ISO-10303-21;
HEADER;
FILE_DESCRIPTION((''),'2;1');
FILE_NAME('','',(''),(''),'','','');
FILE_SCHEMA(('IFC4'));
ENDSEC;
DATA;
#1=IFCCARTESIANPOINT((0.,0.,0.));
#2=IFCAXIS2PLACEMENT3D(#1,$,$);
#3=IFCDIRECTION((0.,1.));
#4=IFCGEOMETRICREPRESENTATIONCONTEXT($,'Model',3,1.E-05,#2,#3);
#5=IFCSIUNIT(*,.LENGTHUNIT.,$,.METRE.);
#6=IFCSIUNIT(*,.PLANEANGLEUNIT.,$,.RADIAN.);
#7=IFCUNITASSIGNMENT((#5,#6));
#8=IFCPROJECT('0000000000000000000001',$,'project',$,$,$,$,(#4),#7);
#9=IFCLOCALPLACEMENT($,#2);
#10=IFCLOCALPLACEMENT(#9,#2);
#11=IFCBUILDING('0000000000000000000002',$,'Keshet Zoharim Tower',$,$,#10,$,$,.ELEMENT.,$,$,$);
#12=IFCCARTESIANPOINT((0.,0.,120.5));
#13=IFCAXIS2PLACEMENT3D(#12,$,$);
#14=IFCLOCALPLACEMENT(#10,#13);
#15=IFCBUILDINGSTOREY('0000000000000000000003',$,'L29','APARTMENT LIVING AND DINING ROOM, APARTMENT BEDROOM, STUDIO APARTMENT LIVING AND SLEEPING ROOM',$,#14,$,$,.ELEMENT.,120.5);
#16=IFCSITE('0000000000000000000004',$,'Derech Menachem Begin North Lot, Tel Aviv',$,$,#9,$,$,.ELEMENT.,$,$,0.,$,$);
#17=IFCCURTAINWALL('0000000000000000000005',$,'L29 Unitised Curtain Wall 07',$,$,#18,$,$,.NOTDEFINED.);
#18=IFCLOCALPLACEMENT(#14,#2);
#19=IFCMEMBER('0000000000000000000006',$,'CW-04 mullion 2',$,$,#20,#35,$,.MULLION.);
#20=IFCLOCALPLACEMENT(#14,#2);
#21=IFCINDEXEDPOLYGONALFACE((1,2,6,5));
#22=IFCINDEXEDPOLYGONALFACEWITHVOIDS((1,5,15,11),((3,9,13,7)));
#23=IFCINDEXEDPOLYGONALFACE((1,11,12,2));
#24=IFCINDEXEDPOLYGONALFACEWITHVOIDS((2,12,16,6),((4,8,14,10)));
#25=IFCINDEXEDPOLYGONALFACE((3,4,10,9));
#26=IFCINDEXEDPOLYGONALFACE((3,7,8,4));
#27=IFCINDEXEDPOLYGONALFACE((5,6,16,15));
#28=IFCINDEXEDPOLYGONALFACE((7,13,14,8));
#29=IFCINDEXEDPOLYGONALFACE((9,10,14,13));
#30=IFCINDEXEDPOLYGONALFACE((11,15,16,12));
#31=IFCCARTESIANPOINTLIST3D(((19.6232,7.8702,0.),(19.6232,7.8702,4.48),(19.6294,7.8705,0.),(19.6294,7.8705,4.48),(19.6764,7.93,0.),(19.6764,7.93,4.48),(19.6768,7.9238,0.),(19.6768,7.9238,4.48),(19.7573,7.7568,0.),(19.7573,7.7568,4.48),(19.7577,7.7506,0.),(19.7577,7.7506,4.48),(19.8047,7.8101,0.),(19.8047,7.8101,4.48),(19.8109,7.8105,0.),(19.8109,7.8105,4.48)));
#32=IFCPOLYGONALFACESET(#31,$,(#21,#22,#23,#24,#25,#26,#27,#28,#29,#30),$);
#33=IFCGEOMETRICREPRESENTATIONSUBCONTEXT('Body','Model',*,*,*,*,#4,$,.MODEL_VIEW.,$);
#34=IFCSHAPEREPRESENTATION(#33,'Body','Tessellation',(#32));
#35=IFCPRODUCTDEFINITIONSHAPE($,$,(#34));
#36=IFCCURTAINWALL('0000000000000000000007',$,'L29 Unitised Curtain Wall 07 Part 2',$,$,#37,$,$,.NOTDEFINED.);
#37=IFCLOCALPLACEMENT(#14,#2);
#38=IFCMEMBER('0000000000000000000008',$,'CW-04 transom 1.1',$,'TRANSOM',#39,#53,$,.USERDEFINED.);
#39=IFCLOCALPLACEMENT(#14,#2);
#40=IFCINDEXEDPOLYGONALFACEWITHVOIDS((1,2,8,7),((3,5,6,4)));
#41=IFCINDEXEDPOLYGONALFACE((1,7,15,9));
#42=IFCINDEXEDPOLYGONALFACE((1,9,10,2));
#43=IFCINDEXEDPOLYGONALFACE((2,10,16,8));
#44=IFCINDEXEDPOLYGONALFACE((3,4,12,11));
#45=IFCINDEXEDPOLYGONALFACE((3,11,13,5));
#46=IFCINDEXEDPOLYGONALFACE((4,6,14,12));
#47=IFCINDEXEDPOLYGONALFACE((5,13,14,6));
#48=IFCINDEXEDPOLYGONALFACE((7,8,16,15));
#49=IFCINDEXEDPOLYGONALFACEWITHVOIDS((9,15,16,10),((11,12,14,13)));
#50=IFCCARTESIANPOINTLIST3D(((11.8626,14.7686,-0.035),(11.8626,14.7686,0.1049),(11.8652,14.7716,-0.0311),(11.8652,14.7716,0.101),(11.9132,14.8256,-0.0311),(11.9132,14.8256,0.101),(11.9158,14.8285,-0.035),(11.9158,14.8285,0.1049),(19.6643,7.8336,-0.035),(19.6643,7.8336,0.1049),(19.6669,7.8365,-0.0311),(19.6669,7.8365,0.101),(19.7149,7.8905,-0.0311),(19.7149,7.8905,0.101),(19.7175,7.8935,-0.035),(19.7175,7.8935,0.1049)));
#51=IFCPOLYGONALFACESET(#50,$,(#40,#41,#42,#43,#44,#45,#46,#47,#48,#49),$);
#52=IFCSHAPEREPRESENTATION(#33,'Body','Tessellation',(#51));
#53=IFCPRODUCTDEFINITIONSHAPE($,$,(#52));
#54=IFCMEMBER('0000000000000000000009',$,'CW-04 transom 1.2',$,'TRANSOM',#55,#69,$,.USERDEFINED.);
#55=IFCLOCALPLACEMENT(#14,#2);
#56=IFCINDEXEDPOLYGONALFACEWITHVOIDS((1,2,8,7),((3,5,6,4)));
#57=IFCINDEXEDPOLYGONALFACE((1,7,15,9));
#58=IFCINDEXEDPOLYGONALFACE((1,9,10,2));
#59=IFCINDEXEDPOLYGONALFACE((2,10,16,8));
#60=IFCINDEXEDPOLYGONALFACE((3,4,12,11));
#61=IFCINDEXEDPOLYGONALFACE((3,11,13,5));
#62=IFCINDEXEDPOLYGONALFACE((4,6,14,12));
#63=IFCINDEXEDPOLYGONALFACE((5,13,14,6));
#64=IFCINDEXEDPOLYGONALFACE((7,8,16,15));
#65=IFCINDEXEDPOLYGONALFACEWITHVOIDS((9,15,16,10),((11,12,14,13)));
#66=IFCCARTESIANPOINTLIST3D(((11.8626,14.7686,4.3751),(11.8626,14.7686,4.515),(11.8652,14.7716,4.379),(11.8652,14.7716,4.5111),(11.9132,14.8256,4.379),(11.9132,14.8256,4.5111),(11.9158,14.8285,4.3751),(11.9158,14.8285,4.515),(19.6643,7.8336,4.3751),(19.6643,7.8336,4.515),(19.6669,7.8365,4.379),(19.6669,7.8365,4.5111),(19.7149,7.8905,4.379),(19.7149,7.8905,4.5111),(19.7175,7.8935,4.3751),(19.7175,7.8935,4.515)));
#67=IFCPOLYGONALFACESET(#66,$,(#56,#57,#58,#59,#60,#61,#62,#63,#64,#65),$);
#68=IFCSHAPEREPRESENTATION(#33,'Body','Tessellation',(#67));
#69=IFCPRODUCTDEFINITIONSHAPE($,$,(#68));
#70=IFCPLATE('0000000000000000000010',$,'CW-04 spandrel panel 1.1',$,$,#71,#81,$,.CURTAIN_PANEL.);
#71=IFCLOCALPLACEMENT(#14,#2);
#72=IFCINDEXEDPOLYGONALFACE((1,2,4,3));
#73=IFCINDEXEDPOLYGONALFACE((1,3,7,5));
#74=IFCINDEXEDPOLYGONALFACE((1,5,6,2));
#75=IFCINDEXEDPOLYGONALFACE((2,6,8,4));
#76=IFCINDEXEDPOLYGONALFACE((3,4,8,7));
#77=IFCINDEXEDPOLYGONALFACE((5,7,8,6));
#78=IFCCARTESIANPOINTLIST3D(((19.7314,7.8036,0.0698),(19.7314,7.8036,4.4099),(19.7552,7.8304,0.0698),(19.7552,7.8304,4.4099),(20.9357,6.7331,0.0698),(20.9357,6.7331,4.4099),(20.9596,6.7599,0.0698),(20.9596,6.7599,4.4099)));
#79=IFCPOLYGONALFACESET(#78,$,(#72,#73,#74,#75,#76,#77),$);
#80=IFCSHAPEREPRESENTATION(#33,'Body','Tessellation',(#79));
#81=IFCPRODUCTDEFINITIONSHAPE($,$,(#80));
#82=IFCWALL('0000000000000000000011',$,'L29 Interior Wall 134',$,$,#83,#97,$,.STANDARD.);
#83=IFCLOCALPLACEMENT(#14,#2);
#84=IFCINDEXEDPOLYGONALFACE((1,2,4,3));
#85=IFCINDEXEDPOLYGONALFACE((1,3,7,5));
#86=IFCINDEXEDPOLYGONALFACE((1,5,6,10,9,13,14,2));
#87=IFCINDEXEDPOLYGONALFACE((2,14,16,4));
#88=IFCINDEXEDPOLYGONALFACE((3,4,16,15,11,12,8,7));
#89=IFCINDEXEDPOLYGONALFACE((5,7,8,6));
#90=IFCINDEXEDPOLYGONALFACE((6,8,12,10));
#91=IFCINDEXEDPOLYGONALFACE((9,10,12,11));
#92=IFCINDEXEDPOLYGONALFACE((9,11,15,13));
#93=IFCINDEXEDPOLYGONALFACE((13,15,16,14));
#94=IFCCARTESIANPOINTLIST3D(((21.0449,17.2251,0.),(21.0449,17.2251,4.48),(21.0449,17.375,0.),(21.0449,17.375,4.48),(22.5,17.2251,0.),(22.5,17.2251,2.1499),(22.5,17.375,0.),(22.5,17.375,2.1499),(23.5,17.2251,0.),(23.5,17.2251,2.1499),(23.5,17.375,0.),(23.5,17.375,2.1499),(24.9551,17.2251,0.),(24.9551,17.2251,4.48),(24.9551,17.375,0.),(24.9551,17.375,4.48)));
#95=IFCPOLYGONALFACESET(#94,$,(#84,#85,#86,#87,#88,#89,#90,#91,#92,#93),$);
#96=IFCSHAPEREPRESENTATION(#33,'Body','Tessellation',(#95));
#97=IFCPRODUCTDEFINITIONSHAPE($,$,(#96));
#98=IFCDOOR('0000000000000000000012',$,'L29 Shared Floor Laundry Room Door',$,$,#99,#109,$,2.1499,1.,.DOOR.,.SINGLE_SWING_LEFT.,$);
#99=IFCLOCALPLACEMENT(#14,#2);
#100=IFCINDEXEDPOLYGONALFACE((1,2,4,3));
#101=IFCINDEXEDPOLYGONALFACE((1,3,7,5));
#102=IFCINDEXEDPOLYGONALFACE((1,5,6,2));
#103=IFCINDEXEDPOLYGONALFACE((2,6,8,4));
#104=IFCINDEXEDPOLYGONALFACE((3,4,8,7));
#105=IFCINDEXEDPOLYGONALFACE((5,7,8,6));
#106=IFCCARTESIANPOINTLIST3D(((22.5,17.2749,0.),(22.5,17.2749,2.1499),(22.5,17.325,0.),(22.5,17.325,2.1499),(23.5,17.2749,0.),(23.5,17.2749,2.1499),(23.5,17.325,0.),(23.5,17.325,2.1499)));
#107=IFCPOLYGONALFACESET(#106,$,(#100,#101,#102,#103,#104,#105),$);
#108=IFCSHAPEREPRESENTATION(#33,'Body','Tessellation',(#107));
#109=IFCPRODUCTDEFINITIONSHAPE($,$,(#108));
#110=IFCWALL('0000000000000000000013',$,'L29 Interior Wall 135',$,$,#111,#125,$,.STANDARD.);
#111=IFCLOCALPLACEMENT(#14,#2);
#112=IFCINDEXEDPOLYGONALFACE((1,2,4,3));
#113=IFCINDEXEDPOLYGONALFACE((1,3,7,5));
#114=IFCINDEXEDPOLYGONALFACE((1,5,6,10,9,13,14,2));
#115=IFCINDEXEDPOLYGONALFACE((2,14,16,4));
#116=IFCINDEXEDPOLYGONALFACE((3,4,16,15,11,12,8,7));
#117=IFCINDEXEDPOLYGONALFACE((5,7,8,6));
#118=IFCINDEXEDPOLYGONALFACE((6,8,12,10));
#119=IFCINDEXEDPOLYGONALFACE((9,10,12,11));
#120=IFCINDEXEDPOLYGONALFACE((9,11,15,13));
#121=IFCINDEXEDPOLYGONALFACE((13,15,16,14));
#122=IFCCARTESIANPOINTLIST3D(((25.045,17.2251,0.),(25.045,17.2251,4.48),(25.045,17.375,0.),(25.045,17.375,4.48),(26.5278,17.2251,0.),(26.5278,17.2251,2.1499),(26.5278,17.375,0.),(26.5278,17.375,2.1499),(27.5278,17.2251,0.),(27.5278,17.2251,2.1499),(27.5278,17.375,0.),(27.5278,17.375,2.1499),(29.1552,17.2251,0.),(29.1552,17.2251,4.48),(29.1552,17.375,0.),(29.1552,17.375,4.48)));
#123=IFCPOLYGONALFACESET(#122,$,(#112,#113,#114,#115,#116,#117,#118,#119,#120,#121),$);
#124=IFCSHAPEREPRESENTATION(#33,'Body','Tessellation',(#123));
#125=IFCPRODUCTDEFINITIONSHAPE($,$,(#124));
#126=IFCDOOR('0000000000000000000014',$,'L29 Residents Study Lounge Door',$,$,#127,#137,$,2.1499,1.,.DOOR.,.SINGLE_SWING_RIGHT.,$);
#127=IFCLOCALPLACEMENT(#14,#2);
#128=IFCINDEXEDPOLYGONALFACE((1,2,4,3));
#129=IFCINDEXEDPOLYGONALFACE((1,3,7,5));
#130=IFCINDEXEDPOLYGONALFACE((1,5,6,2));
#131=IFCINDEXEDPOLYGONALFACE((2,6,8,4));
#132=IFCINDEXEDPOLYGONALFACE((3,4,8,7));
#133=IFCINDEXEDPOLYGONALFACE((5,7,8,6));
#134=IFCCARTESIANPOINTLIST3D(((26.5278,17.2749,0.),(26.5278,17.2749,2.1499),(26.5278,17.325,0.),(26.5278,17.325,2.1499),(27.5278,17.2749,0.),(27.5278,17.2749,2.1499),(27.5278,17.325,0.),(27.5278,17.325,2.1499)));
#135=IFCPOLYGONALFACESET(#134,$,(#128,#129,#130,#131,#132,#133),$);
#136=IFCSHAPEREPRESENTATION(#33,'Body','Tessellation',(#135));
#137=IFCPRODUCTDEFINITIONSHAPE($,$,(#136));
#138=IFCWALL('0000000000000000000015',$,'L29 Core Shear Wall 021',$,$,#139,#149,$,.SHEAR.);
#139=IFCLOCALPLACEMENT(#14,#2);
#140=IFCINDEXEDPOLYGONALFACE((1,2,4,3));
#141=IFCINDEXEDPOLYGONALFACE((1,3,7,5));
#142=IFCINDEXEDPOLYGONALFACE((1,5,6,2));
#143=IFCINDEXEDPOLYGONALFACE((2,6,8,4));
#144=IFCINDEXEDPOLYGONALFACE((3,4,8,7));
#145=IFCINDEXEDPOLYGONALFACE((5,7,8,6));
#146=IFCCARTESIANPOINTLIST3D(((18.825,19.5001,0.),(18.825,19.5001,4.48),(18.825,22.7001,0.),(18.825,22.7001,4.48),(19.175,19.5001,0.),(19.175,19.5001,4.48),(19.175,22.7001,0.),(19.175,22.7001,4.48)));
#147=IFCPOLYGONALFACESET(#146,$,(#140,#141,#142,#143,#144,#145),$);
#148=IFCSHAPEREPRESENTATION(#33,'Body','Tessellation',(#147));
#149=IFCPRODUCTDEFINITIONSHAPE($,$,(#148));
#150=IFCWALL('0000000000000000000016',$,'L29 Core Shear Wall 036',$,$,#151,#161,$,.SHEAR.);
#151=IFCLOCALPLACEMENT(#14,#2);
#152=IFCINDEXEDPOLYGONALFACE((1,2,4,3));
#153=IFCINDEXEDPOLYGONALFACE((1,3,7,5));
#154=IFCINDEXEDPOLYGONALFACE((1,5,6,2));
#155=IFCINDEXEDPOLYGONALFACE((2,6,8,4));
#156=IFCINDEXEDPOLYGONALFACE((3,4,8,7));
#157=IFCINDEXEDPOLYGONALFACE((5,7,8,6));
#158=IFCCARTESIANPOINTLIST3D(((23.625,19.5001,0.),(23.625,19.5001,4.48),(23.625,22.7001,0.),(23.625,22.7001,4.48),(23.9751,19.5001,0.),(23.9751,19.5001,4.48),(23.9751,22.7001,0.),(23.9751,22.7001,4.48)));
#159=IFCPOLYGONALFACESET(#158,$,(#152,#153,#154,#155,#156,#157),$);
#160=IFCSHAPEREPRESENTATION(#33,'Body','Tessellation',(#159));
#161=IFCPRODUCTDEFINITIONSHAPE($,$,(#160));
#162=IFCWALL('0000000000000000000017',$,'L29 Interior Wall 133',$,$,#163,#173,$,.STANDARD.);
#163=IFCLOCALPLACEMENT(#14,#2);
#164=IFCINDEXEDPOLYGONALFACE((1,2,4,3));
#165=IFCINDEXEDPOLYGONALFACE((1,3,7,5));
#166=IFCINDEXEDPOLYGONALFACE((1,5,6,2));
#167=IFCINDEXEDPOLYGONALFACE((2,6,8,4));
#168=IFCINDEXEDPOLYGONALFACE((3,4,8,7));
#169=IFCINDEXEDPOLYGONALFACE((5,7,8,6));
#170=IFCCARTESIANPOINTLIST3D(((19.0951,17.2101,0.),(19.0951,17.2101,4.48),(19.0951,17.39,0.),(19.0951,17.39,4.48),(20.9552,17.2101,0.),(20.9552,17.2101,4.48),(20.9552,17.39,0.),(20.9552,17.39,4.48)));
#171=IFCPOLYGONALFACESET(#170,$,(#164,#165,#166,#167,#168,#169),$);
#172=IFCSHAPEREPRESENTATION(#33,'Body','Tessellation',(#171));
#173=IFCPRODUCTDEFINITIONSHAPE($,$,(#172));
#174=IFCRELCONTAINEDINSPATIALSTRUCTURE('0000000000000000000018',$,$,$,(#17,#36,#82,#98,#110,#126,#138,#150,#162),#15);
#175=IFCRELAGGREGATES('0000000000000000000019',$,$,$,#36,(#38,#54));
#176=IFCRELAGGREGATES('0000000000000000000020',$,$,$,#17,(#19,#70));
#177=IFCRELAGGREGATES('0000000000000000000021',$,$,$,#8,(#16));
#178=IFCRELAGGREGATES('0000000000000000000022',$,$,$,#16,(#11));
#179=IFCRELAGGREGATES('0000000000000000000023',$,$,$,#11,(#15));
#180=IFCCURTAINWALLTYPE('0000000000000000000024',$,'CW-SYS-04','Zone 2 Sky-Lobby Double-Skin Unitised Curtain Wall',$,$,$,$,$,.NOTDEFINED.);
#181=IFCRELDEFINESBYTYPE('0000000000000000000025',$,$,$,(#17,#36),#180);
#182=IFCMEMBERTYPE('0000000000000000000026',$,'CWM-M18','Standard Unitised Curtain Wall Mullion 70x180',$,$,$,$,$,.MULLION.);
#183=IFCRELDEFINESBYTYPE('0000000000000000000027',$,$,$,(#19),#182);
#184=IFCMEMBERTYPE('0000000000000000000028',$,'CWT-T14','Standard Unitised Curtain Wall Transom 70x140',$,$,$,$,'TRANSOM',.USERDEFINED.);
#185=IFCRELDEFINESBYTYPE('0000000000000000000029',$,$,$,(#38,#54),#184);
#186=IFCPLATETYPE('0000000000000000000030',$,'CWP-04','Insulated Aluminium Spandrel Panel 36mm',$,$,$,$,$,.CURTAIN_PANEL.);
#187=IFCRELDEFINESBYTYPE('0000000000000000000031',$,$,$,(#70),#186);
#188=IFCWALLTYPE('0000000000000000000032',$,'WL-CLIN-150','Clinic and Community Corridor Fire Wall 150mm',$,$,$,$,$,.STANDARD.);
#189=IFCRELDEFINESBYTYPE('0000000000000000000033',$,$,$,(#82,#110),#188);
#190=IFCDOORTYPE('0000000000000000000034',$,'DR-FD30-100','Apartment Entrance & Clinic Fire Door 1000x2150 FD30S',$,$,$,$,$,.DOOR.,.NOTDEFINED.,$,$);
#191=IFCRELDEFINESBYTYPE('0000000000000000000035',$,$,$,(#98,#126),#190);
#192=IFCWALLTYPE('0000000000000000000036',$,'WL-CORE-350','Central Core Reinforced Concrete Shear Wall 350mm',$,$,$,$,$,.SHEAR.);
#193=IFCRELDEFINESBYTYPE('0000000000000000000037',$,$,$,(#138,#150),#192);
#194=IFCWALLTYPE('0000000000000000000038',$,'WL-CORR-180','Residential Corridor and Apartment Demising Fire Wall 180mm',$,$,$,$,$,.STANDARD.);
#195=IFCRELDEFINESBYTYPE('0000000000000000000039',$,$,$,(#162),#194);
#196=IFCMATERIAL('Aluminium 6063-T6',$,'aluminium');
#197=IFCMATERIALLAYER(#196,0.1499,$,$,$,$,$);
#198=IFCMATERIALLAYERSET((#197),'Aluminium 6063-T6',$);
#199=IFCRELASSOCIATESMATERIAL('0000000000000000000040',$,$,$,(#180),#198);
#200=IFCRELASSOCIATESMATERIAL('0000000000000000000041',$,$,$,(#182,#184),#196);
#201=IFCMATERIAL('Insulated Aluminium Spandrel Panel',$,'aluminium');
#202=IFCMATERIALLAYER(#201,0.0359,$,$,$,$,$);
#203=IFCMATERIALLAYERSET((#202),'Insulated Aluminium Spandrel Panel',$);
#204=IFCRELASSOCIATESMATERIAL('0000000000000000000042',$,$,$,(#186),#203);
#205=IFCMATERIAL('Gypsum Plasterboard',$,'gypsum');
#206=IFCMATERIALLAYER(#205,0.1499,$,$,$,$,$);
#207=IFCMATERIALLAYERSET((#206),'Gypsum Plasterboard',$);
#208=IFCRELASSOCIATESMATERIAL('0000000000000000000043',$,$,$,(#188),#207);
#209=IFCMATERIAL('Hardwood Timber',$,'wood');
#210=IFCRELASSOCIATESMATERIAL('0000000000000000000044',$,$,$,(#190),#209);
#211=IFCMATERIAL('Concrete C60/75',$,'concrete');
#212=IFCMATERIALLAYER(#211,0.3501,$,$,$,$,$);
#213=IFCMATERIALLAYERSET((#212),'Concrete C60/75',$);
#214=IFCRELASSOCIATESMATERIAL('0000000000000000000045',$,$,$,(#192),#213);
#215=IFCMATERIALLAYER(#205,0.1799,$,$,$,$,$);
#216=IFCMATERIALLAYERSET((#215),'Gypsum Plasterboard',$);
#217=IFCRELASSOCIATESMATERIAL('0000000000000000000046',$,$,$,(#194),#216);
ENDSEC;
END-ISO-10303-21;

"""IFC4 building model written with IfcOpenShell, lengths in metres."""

from ifc_helpers import new_model, si_unit, direction, frame, frame_2d, origin, origin_2d, place, context, subcontext, project, spatial, rectangle, hollow_rectangle, extrude, material, layer, layer_set, material_profile, profile_set, type_object, element, fill, aggregate, save


model = new_model("IFC4")

# Units and contexts
model_context = context("Model", 3, precision=1e-05, world=origin(), true_north=direction((0.0, 1.0)))
body_context = subcontext(model_context, "Body", "Model", "MODEL_VIEW")
ifc_project = project(units=[si_unit("LENGTHUNIT", "METRE"), si_unit("PLANEANGLEUNIT", "RADIAN")], contexts=[model_context])

# Site, building, storey
site_placement = place(None, origin())
site = spatial("IfcSite", under=ifc_project, at=site_placement, Name="Derech Menachem Begin North Lot, Tel Aviv", CompositionType="ELEMENT", RefElevation=0.0)
building_placement = place(site_placement, origin())
building = spatial("IfcBuilding", under=site, at=building_placement, Name="Keshet Zoharim Tower", CompositionType="ELEMENT")
storey_placement = place(building_placement, frame((0.0, 0.0, 120.5)))
storey = spatial("IfcBuildingStorey", under=building, at=storey_placement, Name="L29", Description="APARTMENT LIVING AND DINING ROOM, APARTMENT BEDROOM, STUDIO APARTMENT LIVING AND SLEEPING ROOM", CompositionType="ELEMENT", Elevation=120.5)

# Curtain wall, member
ifc_material_1 = material(Name="Aluminium 6063-T6", Category="aluminium")
ifc_layer_1 = layer(ifc_material_1, 0.1499)
ifc_layer_set_1 = layer_set([ifc_layer_1], Name="Aluminium 6063-T6")
curtain_wall_type = type_object("IfcCurtainWallType", Name="CW-SYS-04", Description="Zone 2 Sky-Lobby Double-Skin Unitised Curtain Wall", PredefinedType="NOTDEFINED", material=ifc_layer_set_1)
curtain_wall_1_placement = place(storey_placement, origin())
curtain_wall_1 = element("IfcCurtainWall", 1, at=curtain_wall_1_placement, inside=storey, type_object=curtain_wall_type, Name="L29 Unitised Curtain Wall 07", PredefinedType="NOTDEFINED")
ifc_material_profile_1 = material_profile(ifc_material_1, hollow_rectangle(XDim=0.0801, YDim=0.1799, WallThickness=0.0044, at=origin_2d()), Name="MUL-80x180")
ifc_profile_set_1 = profile_set([ifc_material_profile_1], Name="Aluminium 6063-T6")
member_type_1 = type_object("IfcMemberType", Name="CWM-M18", Description="Standard Unitised Curtain Wall Mullion 70x180", PredefinedType="MULLION", material=ifc_profile_set_1)
member_1_placement = place(storey_placement, frame((19.717, 7.8403, 0.0), z_axis=(0.0, 0.0, 1.0), x_axis=(-0.664346, -0.747425, 0.0)))
member_1 = element("IfcMember", 2, at=member_1_placement, type_object=member_type_1, Name="CW-04 mullion 2", PredefinedType="MULLION", context=body_context, shape_type="SweptSolid", body=[
    extrude(hollow_rectangle(XDim=0.0801, YDim=0.1799, WallThickness=0.0044, at=origin_2d()), origin(), (0.0, 0.0, 1.0), 4.48),
])

# Curtain wall, members
curtain_wall_2_placement = place(storey_placement, origin())
curtain_wall_2 = element("IfcCurtainWall", 3, at=curtain_wall_2_placement, inside=storey, type_object=curtain_wall_type, Name="L29 Unitised Curtain Wall 07 Part 2", PredefinedType="NOTDEFINED")
ifc_material_profile_2 = material_profile(ifc_material_1, hollow_rectangle(XDim=0.0801, YDim=0.1399, WallThickness=0.0039, at=origin_2d()), Name="TRN-80x140")
ifc_profile_set_2 = profile_set([ifc_material_profile_2], Name="Aluminium 6063-T6")
member_type_2 = type_object("IfcMemberType", Name="CWT-T14", Description="Standard Unitised Curtain Wall Transom 70x140", ElementType="TRANSOM", PredefinedType="USERDEFINED", material=ifc_profile_set_2)
member_2_placement = place(storey_placement, frame((19.6909, 7.8635, 0.0349), z_axis=(-0.747402, 0.664373, 0.0), x_axis=(-0.664373, -0.747402, 0.0)))
member_2 = element("IfcMember", 4, at=member_2_placement, type_object=member_type_2, Name="CW-04 transom 1.1", ObjectType="TRANSOM", PredefinedType="USERDEFINED", context=body_context, shape_type="SweptSolid", body=[
    extrude(hollow_rectangle(XDim=0.0801, YDim=0.1399, WallThickness=0.0039, at=origin_2d()), origin(), (0.0, 0.0, 1.0), 10.4385),
])
member_3_placement = place(storey_placement, frame((19.6909, 7.8635, 4.4451), z_axis=(-0.747402, 0.664373, 0.0), x_axis=(-0.664373, -0.747402, 0.0)))
member_3 = element("IfcMember", 5, at=member_3_placement, type_object=member_type_2, Name="CW-04 transom 1.2", ObjectType="TRANSOM", PredefinedType="USERDEFINED", context=body_context, shape_type="SweptSolid", body=[
    extrude(hollow_rectangle(XDim=0.0801, YDim=0.1399, WallThickness=0.0039, at=origin_2d()), origin(), (0.0, 0.0, 1.0), 10.4385),
])
aggregate(curtain_wall_2, [member_2, member_3])

# Plate
ifc_material_2 = material(Name="Insulated Aluminium Spandrel Panel", Category="aluminium")
ifc_layer_2 = layer(ifc_material_2, 0.0359)
ifc_layer_set_2 = layer_set([ifc_layer_2], Name="Insulated Aluminium Spandrel Panel")
plate_type = type_object("IfcPlateType", Name="CWP-04", Description="Insulated Aluminium Spandrel Panel 36mm", PredefinedType="CURTAIN_PANEL", material=ifc_layer_set_2)
plate_placement = place(storey_placement, frame((20.3455, 7.2817, 0.0698), z_axis=(0.0, 0.0, 1.0), x_axis=(-0.747425, 0.664346, 0.0)))
plate = element("IfcPlate", 6, at=plate_placement, type_object=plate_type, Name="CW-04 spandrel panel 1.1", PredefinedType="CURTAIN_PANEL", context=body_context, shape_type="SweptSolid", body=[
    extrude(rectangle(XDim=1.6113, YDim=0.0359, at=origin_2d()), origin(), (0.0, 0.0, 1.0), 4.3401),
])
aggregate(curtain_wall_1, [member_1, plate])

# Walls, openings, doors
ifc_material_3 = material(Name="Gypsum Plasterboard", Category="gypsum")
ifc_layer_3 = layer(ifc_material_3, 0.1499)
ifc_layer_set_3 = layer_set([ifc_layer_3], Name="Gypsum Plasterboard")
wall_type_1 = type_object("IfcWallType", Name="WL-CLIN-150", Description="Clinic and Community Corridor Fire Wall 150mm", PredefinedType="STANDARD", material=ifc_layer_set_3)
wall_1_placement = place(storey_placement, frame((21.0449, 17.3, 0.0), z_axis=(0.0, 0.0, 1.0), x_axis=(1.0, 0.0, 0.0)))
wall_1 = element("IfcWall", 7, at=wall_1_placement, inside=storey, type_object=wall_type_1, Name="L29 Interior Wall 134", PredefinedType="STANDARD", context=body_context, shape_type="SweptSolid", body=[
    extrude(rectangle(XDim=3.9102, YDim=0.1499, at=frame_2d((1.9551, 0.0))), origin(), (0.0, 0.0, 1.0), 4.48),
])
opening_1_placement = place(wall_1_placement, frame((1.4551, 0.0, 0.0)))
opening_1 = element("IfcOpeningElement", 8, at=opening_1_placement, cuts=wall_1, PredefinedType="OPENING", context=body_context, shape_type="SweptSolid", body=[
    extrude(rectangle(XDim=1.0, YDim=2.1499, at=frame_2d((0.5, 1.075))), frame((0.0, 0.085, 0.0), z_axis=(0.0, -1.0, 0.0), x_axis=(1.0, 0.0, 0.0)), (0.0, 0.0, 1.0), 0.1699),
])
ifc_material_4 = material(Name="Hardwood Timber", Category="wood")
door_type_1 = type_object("IfcDoorType", Name="DR-FD30-100", Description="Apartment Entrance & Clinic Fire Door 1000x2150 FD30S", OperationType="NOTDEFINED", PredefinedType="DOOR", material=ifc_material_4)
door_1_placement = place(opening_1_placement, origin())
door_1 = element("IfcDoor", 9, at=door_1_placement, inside=storey, type_object=door_type_1, Name="L29 Shared Floor Laundry Room Door", OperationType="SINGLE_SWING_LEFT", OverallHeight=2.1499, OverallWidth=1.0, PredefinedType="DOOR", context=body_context, shape_type="SweptSolid", body=[
    extrude(rectangle(XDim=1.0, YDim=2.1499, at=frame_2d((0.5, 1.075))), frame((0.0, 0.0249, 0.0), z_axis=(0.0, -1.0, 0.0), x_axis=(1.0, 0.0, 0.0)), (0.0, 0.0, 1.0), 0.05),
])
fill(opening_1, door_1)
wall_2_placement = place(storey_placement, frame((25.0449, 17.3, 0.0), z_axis=(0.0, 0.0, 1.0), x_axis=(1.0, 0.0, 0.0)))
wall_2 = element("IfcWall", 10, at=wall_2_placement, inside=storey, type_object=wall_type_1, Name="L29 Interior Wall 135", PredefinedType="STANDARD", context=body_context, shape_type="SweptSolid", body=[
    extrude(rectangle(XDim=4.1101, YDim=0.1499, at=frame_2d((2.0552, 0.0))), origin(), (0.0, 0.0, 1.0), 4.48),
])
opening_2_placement = place(wall_2_placement, frame((1.4829, 0.0, 0.0)))
opening_2 = element("IfcOpeningElement", 11, at=opening_2_placement, cuts=wall_2, PredefinedType="OPENING", context=body_context, shape_type="SweptSolid", body=[
    extrude(rectangle(XDim=1.0, YDim=2.1499, at=frame_2d((0.5, 1.075))), frame((0.0, 0.085, 0.0), z_axis=(0.0, -1.0, 0.0), x_axis=(1.0, 0.0, 0.0)), (0.0, 0.0, 1.0), 0.1699),
])
door_2_placement = place(opening_2_placement, origin())
door_2 = element("IfcDoor", 12, at=door_2_placement, inside=storey, type_object=door_type_1, Name="L29 Residents Study Lounge Door", OperationType="SINGLE_SWING_RIGHT", OverallHeight=2.1499, OverallWidth=1.0, PredefinedType="DOOR", context=body_context, shape_type="SweptSolid", body=[
    extrude(rectangle(XDim=1.0, YDim=2.1499, at=frame_2d((0.5, 1.075))), frame((0.0, 0.0249, 0.0), z_axis=(0.0, -1.0, 0.0), x_axis=(1.0, 0.0, 0.0)), (0.0, 0.0, 1.0), 0.05),
])
fill(opening_2, door_2)

# Walls
ifc_material_5 = material(Name="Concrete C60/75", Category="concrete")
ifc_layer_4 = layer(ifc_material_5, 0.3501)
ifc_layer_set_4 = layer_set([ifc_layer_4], Name="Concrete C60/75")
wall_type_2 = type_object("IfcWallType", Name="WL-CORE-350", Description="Central Core Reinforced Concrete Shear Wall 350mm", PredefinedType="SHEAR", material=ifc_layer_set_4)
for number, where, z_axis, x_axis, name in (
    (13, (19.0, 19.5, 0.0), (0.0, 0.0, 1.0), (0.0, 1.0, 0.0), "L29 Core Shear Wall 021"),
    (14, (23.8, 19.5, 0.0), (0.0, 0.0, 1.0), (0.0, 1.0, 0.0), "L29 Core Shear Wall 036"),
):
    element("IfcWall", number, at=place(storey_placement, frame(where, z_axis=z_axis, x_axis=x_axis)), inside=storey, type_object=wall_type_2, Name=name, PredefinedType="SHEAR", context=body_context, shape_type="SweptSolid", body=[
        extrude(rectangle(XDim=3.2, YDim=0.3501, at=frame_2d((1.6001, 0.0))), origin(), (0.0, 0.0, 1.0), 4.48),
    ])
ifc_layer_5 = layer(ifc_material_3, 0.1799)
ifc_layer_set_5 = layer_set([ifc_layer_5], Name="Gypsum Plasterboard")
wall_type_3 = type_object("IfcWallType", Name="WL-CORR-180", Description="Residential Corridor and Apartment Demising Fire Wall 180mm", PredefinedType="STANDARD", material=ifc_layer_set_5)
wall_3_placement = place(storey_placement, frame((19.095, 17.3, 0.0), z_axis=(0.0, 0.0, 1.0), x_axis=(1.0, 0.0, 0.0)))
element("IfcWall", 15, at=wall_3_placement, inside=storey, type_object=wall_type_3, Name="L29 Interior Wall 133", PredefinedType="STANDARD", context=body_context, shape_type="SweptSolid", body=[
    extrude(rectangle(XDim=1.8601, YDim=0.1799, at=frame_2d((0.9302, 0.0))), origin(), (0.0, 0.0, 1.0), 4.48),
])

save(model, "model.ifc")
